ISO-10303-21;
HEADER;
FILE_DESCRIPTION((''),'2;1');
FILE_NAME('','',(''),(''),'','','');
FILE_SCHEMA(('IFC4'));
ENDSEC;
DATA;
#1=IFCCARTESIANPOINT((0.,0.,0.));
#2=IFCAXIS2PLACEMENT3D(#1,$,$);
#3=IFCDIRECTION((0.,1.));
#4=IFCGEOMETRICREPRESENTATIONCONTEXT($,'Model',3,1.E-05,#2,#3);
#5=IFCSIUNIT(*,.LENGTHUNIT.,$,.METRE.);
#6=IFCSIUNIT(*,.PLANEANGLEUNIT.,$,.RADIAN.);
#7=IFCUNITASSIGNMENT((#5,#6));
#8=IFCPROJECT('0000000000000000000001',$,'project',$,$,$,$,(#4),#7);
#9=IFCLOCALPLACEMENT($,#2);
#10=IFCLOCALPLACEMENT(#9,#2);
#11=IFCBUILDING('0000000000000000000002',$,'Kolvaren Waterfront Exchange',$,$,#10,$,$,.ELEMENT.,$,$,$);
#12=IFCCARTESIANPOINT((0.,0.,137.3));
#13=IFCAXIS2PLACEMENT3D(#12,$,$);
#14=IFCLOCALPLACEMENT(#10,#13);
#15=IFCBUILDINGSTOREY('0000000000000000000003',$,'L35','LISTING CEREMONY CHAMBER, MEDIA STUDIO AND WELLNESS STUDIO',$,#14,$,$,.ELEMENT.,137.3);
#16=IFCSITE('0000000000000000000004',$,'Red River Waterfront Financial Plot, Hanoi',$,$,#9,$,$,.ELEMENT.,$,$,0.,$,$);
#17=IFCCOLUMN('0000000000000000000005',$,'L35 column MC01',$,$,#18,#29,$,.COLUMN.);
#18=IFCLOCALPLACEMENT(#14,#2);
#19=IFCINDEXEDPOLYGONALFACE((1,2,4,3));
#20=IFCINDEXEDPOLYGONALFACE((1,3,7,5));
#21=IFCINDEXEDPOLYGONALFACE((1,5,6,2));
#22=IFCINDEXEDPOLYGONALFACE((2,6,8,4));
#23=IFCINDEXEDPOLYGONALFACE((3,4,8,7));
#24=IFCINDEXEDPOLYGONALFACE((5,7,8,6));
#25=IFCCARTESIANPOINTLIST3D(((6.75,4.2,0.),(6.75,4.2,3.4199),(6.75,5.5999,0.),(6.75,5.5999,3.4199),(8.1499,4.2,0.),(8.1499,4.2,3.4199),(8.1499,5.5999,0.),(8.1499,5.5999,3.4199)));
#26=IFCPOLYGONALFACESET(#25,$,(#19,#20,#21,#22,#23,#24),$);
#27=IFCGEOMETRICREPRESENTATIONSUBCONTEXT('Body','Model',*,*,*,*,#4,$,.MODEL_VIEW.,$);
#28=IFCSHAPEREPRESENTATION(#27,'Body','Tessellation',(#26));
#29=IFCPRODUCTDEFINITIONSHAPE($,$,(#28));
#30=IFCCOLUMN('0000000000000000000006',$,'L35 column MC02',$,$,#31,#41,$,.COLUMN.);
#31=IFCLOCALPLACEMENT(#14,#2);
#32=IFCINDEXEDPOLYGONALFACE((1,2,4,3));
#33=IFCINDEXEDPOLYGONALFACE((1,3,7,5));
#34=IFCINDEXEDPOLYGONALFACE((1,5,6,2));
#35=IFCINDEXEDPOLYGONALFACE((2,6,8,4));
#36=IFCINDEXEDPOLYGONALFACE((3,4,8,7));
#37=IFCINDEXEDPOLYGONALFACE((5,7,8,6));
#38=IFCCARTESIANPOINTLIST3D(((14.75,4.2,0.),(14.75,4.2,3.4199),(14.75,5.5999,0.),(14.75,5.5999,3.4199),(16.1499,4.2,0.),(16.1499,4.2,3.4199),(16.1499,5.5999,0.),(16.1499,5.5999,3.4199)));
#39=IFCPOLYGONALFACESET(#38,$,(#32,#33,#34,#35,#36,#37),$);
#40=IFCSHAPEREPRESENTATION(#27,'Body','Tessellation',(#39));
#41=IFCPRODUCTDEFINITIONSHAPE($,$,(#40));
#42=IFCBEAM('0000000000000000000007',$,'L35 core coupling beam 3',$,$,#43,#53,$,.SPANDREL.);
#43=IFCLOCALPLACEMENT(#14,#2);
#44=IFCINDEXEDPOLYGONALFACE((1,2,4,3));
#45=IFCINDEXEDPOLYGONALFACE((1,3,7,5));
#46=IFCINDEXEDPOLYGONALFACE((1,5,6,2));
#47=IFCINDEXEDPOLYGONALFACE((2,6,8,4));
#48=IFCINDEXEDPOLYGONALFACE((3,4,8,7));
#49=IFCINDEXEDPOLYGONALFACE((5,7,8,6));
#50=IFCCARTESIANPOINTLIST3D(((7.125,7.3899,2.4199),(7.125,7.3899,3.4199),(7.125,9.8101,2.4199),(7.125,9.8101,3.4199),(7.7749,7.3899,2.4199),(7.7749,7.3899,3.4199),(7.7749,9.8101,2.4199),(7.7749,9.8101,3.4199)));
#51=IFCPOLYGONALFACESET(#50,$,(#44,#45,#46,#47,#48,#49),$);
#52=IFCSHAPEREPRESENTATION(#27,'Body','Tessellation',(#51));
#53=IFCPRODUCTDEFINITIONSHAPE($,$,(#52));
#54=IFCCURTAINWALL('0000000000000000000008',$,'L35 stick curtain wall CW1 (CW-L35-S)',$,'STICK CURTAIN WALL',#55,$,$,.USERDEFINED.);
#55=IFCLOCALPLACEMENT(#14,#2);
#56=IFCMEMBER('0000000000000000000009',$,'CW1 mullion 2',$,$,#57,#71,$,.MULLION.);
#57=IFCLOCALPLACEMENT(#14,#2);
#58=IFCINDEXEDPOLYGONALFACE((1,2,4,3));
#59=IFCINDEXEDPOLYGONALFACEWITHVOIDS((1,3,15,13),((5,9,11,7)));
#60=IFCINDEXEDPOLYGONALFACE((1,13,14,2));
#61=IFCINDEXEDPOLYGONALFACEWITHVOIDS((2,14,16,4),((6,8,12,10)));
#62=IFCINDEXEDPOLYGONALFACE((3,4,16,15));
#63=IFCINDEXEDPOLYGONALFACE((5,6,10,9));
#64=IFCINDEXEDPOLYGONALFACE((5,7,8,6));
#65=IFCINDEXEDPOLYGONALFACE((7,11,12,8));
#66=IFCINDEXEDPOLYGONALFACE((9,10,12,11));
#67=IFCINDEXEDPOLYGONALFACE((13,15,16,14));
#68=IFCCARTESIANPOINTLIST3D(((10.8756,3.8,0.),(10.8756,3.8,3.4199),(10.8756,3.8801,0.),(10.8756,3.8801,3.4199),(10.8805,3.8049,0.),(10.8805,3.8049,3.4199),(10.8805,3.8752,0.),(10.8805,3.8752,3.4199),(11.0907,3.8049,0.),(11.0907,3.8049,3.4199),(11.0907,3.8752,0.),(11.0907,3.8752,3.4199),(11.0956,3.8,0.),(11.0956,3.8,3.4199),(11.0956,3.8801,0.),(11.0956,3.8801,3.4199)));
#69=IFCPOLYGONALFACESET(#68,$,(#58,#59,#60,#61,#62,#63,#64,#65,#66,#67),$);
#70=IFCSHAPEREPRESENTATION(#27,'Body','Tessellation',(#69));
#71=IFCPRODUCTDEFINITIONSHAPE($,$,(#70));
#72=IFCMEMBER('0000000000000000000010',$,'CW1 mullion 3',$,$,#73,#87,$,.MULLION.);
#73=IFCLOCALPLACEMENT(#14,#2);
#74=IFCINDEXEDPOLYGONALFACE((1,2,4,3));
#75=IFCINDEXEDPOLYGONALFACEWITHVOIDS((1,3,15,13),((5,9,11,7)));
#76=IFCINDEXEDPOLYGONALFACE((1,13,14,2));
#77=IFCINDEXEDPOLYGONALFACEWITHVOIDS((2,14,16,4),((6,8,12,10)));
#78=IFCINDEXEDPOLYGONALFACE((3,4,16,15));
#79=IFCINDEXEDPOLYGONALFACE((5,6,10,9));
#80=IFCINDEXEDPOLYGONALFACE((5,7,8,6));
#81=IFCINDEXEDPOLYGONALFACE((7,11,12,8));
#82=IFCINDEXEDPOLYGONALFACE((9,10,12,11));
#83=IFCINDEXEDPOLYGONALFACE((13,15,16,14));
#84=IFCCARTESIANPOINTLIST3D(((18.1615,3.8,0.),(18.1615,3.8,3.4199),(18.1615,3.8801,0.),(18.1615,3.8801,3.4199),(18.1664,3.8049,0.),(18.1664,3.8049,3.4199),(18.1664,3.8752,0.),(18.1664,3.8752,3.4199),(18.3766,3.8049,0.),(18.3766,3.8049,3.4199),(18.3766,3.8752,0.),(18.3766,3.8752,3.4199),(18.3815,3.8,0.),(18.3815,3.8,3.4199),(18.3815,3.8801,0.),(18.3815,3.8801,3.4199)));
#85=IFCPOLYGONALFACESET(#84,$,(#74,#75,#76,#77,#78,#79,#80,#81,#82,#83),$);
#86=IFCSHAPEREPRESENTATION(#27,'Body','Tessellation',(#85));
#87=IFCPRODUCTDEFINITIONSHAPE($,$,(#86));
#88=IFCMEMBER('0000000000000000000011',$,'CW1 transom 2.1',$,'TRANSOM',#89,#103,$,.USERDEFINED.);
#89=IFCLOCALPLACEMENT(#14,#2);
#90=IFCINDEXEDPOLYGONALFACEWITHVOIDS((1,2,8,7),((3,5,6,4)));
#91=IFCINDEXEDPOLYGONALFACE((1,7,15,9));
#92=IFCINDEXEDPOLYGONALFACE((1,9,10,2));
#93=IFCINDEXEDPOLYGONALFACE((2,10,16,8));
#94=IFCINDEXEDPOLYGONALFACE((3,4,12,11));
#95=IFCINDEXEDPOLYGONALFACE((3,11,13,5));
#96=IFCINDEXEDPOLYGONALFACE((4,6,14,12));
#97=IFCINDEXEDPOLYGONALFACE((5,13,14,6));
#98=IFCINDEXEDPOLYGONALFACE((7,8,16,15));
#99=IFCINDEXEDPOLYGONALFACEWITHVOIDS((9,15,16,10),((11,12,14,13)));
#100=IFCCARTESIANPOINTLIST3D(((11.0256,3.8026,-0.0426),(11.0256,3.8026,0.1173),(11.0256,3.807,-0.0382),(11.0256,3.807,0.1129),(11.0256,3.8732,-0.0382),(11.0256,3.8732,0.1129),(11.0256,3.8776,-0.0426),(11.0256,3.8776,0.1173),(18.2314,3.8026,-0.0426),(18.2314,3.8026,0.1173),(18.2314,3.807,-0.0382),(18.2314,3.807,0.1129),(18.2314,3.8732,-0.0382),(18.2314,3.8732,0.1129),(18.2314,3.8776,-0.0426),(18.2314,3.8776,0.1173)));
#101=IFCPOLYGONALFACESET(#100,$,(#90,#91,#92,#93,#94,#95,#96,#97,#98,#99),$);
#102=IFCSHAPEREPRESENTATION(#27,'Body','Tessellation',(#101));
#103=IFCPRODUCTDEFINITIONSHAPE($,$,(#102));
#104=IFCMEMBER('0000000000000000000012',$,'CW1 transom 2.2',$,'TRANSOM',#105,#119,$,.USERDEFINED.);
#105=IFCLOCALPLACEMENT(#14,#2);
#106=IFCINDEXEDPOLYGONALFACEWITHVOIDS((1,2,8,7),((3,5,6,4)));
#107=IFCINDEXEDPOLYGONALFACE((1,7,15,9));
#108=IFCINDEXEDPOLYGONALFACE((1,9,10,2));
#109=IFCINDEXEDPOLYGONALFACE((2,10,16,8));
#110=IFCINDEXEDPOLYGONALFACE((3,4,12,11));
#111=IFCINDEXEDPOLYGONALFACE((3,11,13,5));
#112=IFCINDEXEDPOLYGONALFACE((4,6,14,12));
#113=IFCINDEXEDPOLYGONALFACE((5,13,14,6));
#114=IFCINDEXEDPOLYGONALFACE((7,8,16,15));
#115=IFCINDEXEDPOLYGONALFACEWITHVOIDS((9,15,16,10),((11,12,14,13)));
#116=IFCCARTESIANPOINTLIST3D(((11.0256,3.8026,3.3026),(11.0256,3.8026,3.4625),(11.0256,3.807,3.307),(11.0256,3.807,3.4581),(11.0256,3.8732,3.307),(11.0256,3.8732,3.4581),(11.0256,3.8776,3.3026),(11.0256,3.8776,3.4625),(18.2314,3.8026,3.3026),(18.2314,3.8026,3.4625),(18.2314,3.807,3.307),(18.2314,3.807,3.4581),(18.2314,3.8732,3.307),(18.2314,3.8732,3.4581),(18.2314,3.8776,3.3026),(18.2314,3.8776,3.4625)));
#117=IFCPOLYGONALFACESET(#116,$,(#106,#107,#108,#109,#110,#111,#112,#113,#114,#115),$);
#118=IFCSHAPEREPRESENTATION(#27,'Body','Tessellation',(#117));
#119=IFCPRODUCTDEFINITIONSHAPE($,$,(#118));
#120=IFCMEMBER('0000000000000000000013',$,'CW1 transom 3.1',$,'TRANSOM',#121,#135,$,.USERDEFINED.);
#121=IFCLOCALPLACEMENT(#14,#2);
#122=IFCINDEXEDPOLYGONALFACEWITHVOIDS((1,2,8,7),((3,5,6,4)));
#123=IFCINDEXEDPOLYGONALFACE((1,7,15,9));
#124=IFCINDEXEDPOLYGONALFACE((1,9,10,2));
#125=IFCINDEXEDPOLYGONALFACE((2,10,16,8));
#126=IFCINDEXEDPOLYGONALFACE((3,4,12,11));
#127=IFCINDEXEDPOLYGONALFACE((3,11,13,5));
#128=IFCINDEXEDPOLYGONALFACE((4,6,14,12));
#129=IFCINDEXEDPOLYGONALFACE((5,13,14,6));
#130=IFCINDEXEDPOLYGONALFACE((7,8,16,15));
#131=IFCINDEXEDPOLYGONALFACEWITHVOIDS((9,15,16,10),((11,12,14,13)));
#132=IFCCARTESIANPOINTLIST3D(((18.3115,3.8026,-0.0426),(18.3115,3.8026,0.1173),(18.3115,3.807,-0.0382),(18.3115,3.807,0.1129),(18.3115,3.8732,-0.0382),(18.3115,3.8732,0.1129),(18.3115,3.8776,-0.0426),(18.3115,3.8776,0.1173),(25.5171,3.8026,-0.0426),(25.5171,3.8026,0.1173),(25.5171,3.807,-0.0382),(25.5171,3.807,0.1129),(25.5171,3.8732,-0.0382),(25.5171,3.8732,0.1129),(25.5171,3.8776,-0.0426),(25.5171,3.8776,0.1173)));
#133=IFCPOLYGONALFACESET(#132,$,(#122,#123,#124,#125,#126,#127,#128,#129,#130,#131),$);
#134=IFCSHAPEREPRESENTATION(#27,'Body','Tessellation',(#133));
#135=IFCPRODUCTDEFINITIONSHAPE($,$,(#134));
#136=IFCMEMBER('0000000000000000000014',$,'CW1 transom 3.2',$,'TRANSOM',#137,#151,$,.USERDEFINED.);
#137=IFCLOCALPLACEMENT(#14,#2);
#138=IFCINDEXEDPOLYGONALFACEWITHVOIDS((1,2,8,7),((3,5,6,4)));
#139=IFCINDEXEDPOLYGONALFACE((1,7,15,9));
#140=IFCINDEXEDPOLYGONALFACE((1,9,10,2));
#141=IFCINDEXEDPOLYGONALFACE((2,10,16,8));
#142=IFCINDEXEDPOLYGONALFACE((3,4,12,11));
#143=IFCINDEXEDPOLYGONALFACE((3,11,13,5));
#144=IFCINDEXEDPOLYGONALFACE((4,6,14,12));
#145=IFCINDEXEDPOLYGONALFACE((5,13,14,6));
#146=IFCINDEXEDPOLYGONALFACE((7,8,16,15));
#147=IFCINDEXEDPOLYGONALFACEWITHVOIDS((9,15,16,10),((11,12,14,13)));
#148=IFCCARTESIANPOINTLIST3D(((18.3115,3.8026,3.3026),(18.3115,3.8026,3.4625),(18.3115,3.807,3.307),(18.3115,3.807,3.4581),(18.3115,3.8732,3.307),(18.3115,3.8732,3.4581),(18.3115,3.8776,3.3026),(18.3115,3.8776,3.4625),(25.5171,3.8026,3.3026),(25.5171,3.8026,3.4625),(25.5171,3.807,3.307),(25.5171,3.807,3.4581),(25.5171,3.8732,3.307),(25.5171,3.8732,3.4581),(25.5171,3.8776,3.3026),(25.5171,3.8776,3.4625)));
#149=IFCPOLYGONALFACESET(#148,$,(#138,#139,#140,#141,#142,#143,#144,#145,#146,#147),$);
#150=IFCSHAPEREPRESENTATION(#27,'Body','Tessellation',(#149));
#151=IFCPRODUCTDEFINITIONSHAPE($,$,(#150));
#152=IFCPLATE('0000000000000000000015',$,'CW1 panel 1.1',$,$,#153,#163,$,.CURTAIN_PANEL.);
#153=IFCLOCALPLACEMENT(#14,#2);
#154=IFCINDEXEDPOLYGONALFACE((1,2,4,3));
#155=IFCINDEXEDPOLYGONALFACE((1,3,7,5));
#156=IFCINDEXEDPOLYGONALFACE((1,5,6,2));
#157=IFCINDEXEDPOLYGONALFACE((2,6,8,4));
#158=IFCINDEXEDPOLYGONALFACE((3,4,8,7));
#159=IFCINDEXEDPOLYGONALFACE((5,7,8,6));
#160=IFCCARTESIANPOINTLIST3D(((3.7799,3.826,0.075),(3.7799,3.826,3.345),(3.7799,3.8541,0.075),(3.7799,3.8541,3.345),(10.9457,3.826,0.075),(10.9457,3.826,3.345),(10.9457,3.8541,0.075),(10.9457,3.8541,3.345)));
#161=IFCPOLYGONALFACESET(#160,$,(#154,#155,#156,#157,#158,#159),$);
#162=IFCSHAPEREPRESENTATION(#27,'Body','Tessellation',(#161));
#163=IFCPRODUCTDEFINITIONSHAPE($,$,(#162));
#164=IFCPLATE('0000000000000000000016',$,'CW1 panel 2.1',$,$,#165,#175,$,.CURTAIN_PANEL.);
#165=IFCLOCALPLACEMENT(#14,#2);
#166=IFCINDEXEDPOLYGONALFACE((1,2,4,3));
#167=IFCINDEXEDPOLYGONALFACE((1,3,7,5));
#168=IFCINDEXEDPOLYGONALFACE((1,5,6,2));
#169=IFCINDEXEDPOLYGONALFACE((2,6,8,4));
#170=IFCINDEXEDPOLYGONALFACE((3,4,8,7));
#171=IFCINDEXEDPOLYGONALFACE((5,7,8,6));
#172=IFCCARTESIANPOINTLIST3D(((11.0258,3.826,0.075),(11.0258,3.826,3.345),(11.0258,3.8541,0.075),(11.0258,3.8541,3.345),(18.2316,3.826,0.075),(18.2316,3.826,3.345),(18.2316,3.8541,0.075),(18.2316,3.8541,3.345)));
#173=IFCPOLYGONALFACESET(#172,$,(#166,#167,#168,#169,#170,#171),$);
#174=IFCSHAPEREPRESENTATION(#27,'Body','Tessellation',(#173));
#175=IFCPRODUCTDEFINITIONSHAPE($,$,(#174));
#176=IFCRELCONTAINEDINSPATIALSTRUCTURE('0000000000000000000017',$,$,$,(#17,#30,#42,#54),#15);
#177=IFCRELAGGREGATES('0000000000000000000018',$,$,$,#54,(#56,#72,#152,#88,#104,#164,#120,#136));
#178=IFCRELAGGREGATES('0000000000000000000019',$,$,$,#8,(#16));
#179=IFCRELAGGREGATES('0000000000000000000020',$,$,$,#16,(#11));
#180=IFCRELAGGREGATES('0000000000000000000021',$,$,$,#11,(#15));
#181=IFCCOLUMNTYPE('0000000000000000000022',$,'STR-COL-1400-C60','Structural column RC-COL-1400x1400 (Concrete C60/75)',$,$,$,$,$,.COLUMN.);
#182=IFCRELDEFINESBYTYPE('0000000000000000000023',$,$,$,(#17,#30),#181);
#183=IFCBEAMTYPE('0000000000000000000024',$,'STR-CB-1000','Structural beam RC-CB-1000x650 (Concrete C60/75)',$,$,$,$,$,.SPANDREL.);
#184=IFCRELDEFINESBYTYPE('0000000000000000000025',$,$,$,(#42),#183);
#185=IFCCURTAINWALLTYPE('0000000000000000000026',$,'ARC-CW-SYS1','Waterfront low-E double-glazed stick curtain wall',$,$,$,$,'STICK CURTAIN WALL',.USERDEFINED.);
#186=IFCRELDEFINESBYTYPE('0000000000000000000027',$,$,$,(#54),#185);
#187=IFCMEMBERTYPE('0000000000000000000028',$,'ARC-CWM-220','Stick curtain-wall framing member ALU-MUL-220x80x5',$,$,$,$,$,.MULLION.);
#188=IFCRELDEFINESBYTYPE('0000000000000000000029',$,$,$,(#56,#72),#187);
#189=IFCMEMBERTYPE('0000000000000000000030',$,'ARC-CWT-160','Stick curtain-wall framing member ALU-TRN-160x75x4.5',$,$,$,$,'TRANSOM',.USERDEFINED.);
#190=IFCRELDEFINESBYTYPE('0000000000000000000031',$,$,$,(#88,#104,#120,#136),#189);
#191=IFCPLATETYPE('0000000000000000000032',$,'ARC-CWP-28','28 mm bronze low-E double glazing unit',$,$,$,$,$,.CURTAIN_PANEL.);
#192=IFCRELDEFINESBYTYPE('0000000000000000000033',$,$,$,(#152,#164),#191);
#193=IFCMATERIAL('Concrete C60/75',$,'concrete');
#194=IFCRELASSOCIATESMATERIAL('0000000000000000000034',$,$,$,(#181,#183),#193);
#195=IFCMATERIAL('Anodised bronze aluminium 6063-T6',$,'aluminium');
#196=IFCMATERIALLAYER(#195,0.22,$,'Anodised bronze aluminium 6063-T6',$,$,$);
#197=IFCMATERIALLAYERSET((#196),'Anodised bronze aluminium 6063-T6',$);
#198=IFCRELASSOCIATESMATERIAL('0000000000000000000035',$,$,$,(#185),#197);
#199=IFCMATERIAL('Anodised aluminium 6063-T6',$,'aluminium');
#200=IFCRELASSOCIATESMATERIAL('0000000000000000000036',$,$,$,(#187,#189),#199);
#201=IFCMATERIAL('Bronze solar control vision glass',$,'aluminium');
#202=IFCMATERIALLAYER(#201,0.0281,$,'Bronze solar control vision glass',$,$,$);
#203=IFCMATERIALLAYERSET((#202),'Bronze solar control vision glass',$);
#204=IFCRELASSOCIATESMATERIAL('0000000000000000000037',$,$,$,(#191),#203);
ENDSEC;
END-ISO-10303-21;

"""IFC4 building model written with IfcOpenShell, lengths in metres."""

from ifc_helpers import new_model, si_unit, direction, frame, origin, origin_with_axes, origin_2d, place, context, subcontext, project, spatial, rectangle, hollow_rectangle, extrude, source, transform, mapped, material, layer, layer_set, material_profile, profile_set, type_object, element, aggregate, save


model = new_model("IFC4")

# Units and contexts
model_context = context("Model", 3, precision=1e-05, world=origin(), true_north=direction((0.0, 1.0)))
body_context = subcontext(model_context, "Body", "Model", "MODEL_VIEW")
ifc_project = project(units=[si_unit("LENGTHUNIT", "METRE"), si_unit("PLANEANGLEUNIT", "RADIAN")], contexts=[model_context])

# Site, building, storey
site_placement = place(None, origin())
site = spatial("IfcSite", under=ifc_project, at=site_placement, Name="Red River Waterfront Financial Plot, Hanoi", CompositionType="ELEMENT", RefElevation=0.0)
building_placement = place(site_placement, origin())
building = spatial("IfcBuilding", under=site, at=building_placement, Name="Kolvaren Waterfront Exchange", CompositionType="ELEMENT")
storey_placement = place(building_placement, frame((0.0, 0.0, 137.3)))
storey = spatial("IfcBuildingStorey", under=building, at=storey_placement, Name="L35", Description="LISTING CEREMONY CHAMBER, MEDIA STUDIO AND WELLNESS STUDIO", CompositionType="ELEMENT", Elevation=137.3)

# Columns
ifc_material_1 = material(Name="Concrete C60/75", Category="concrete")
ifc_material_profile_1 = material_profile(ifc_material_1, rectangle(XDim=1.3999, YDim=1.3999, at=origin_2d()), Name="RC-COL-1400x1400")
ifc_profile_set_1 = profile_set([ifc_material_profile_1], Name="Concrete C60/75")
column_type = type_object("IfcColumnType", Name="STR-COL-1400-C60", Description="Structural column RC-COL-1400x1400 (Concrete C60/75)", PredefinedType="COLUMN", material=ifc_profile_set_1)
for number, where, z_axis, x_axis, name in (
    (1, (7.45, 4.8999, 0.0), (0.0, 0.0, 1.0), (1.0, 0.0, 0.0), "L35 column MC01"),
    (2, (15.45, 4.8999, 0.0), (0.0, 0.0, 1.0), (1.0, 0.0, 0.0), "L35 column MC02"),
):
    element("IfcColumn", number, at=place(storey_placement, frame(where, z_axis=z_axis, x_axis=x_axis)), inside=storey, type_object=column_type, Name=name, PredefinedType="COLUMN", context=body_context, shape_type="SweptSolid", body=[
        extrude(rectangle(XDim=1.3999, YDim=1.3999, at=origin_2d()), origin(), (0.0, 0.0, 1.0), 3.4199),
    ])

# Beam
ifc_material_profile_2 = material_profile(ifc_material_1, rectangle(XDim=0.6499, YDim=1.0, at=origin_2d()), Name="RC-CB-1000x650")
ifc_profile_set_2 = profile_set([ifc_material_profile_2], Name="Concrete C60/75")
beam_type = type_object("IfcBeamType", Name="STR-CB-1000", Description="Structural beam RC-CB-1000x650 (Concrete C60/75)", PredefinedType="SPANDREL", material=ifc_profile_set_2)
beam_placement = place(storey_placement, frame((7.45, 7.3899, 2.9199), z_axis=(0.0, 1.0, 0.0), x_axis=(-1.0, 0.0, 0.0)))
element("IfcBeam", 3, at=beam_placement, inside=storey, type_object=beam_type, Name="L35 core coupling beam 3", PredefinedType="SPANDREL", context=body_context, shape_type="SweptSolid", body=[
    extrude(rectangle(XDim=0.6499, YDim=1.0, at=origin_2d()), origin(), (0.0, 0.0, 1.0), 2.4202),
])

# Curtain wall, members, plates
ifc_material_2 = material(Name="Anodised bronze aluminium 6063-T6", Category="aluminium")
ifc_layer_1 = layer(ifc_material_2, 0.22, Name="Anodised bronze aluminium 6063-T6")
ifc_layer_set_1 = layer_set([ifc_layer_1], Name="Anodised bronze aluminium 6063-T6")
curtain_wall_type = type_object("IfcCurtainWallType", Name="ARC-CW-SYS1", Description="Waterfront low-E double-glazed stick curtain wall", ElementType="STICK CURTAIN WALL", PredefinedType="USERDEFINED", material=ifc_layer_set_1)
curtain_wall_placement = place(storey_placement, origin())
curtain_wall = element("IfcCurtainWall", 4, at=curtain_wall_placement, inside=storey, type_object=curtain_wall_type, Name="L35 stick curtain wall CW1 (CW-L35-S)", ObjectType="STICK CURTAIN WALL", PredefinedType="USERDEFINED")
ifc_material_3 = material(Name="Anodised aluminium 6063-T6", Category="aluminium")
ifc_material_profile_3 = material_profile(ifc_material_3, hollow_rectangle(XDim=0.0801, YDim=0.22, WallThickness=0.0049, at=origin_2d()), Name="ALU-MUL-220x80x5")
ifc_profile_set_3 = profile_set([ifc_material_profile_3], Name="Anodised aluminium 6063-T6")
member_type_1 = type_object("IfcMemberType", Name="ARC-CWM-220", Description="Stick curtain-wall framing member ALU-MUL-220x80x5", PredefinedType="MULLION", material=ifc_profile_set_3)
shared_shape_1 = source(origin_with_axes(), body_context, "Body", "SweptSolid", [
    extrude(hollow_rectangle(XDim=0.0801, YDim=0.22, WallThickness=0.0049, at=origin_2d()), origin(), (0.0, 0.0, 1.0), 3.4199),
])
member_1_placement = place(storey_placement, frame((10.9856, 3.8401, 0.0), z_axis=(0.0, 0.0, 1.0), x_axis=(0.0, 1.0, 0.0)))
member_1 = element("IfcMember", 5, at=member_1_placement, type_object=member_type_1, Name="CW1 mullion 2", PredefinedType="MULLION", context=body_context, shape_type="MappedRepresentation", body=[
    mapped(shared_shape_1, transform((0.0, 0.0, 0.0), x_axis=(1.0, 0.0, 0.0), y_axis=(0.0, 1.0, 0.0), z_axis=(0.0, 0.0, 1.0), scale=1.0)),
])
member_2_placement = place(storey_placement, frame((18.2715, 3.8401, 0.0), z_axis=(0.0, 0.0, 1.0), x_axis=(0.0, 1.0, 0.0)))
member_2 = element("IfcMember", 6, at=member_2_placement, type_object=member_type_1, Name="CW1 mullion 3", PredefinedType="MULLION", context=body_context, shape_type="MappedRepresentation", body=[
    mapped(shared_shape_1, transform((0.0, 0.0, 0.0), x_axis=(1.0, 0.0, 0.0), y_axis=(0.0, 1.0, 0.0), z_axis=(0.0, 0.0, 1.0), scale=1.0)),
])
ifc_material_profile_4 = material_profile(ifc_material_3, hollow_rectangle(XDim=0.075, YDim=0.1599, WallThickness=0.0044, at=origin_2d()), Name="ALU-TRN-160x75x4.5")
ifc_profile_set_4 = profile_set([ifc_material_profile_4], Name="Anodised aluminium 6063-T6")
member_type_2 = type_object("IfcMemberType", Name="ARC-CWT-160", Description="Stick curtain-wall framing member ALU-TRN-160x75x4.5", ElementType="TRANSOM", PredefinedType="USERDEFINED", material=ifc_profile_set_4)
shared_shape_2 = source(origin_with_axes(), body_context, "Body", "SweptSolid", [
    extrude(hollow_rectangle(XDim=0.075, YDim=0.1599, WallThickness=0.0044, at=origin_2d()), origin(), (0.0, 0.0, 1.0), 7.2058),
])
member_3_placement = place(storey_placement, frame((11.0256, 3.8401, 0.0374), z_axis=(1.0, 0.0, 0.0), x_axis=(0.0, 1.0, 0.0)))
member_3 = element("IfcMember", 7, at=member_3_placement, type_object=member_type_2, Name="CW1 transom 2.1", ObjectType="TRANSOM", PredefinedType="USERDEFINED", context=body_context, shape_type="MappedRepresentation", body=[
    mapped(shared_shape_2, transform((0.0, 0.0, 0.0), x_axis=(1.0, 0.0, 0.0), y_axis=(0.0, 1.0, 0.0), z_axis=(0.0, 0.0, 1.0), scale=1.0)),
])
member_4_placement = place(storey_placement, frame((11.0256, 3.8401, 3.3826), z_axis=(1.0, 0.0, 0.0), x_axis=(0.0, 1.0, 0.0)))
member_4 = element("IfcMember", 8, at=member_4_placement, type_object=member_type_2, Name="CW1 transom 2.2", ObjectType="TRANSOM", PredefinedType="USERDEFINED", context=body_context, shape_type="MappedRepresentation", body=[
    mapped(shared_shape_2, transform((0.0, 0.0, 0.0), x_axis=(1.0, 0.0, 0.0), y_axis=(0.0, 1.0, 0.0), z_axis=(0.0, 0.0, 1.0), scale=1.0)),
])
shared_shape_3 = source(origin_with_axes(), body_context, "Body", "SweptSolid", [
    extrude(hollow_rectangle(XDim=0.075, YDim=0.1599, WallThickness=0.0044, at=origin_2d()), origin(), (0.0, 0.0, 1.0), 7.2056),
])
member_5_placement = place(storey_placement, frame((18.3115, 3.8401, 0.0374), z_axis=(1.0, 0.0, 0.0), x_axis=(0.0, 1.0, 0.0)))
member_5 = element("IfcMember", 9, at=member_5_placement, type_object=member_type_2, Name="CW1 transom 3.1", ObjectType="TRANSOM", PredefinedType="USERDEFINED", context=body_context, shape_type="MappedRepresentation", body=[
    mapped(shared_shape_3, transform((0.0, 0.0, 0.0), x_axis=(1.0, 0.0, 0.0), y_axis=(0.0, 1.0, 0.0), z_axis=(0.0, 0.0, 1.0), scale=1.0)),
])
member_6_placement = place(storey_placement, frame((18.3115, 3.8401, 3.3826), z_axis=(1.0, 0.0, 0.0), x_axis=(0.0, 1.0, 0.0)))
member_6 = element("IfcMember", 10, at=member_6_placement, type_object=member_type_2, Name="CW1 transom 3.2", ObjectType="TRANSOM", PredefinedType="USERDEFINED", context=body_context, shape_type="MappedRepresentation", body=[
    mapped(shared_shape_3, transform((0.0, 0.0, 0.0), x_axis=(1.0, 0.0, 0.0), y_axis=(0.0, 1.0, 0.0), z_axis=(0.0, 0.0, 1.0), scale=1.0)),
])
ifc_material_4 = material(Name="Bronze solar control vision glass", Category="aluminium")
ifc_layer_2 = layer(ifc_material_4, 0.0281, Name="Bronze solar control vision glass")
ifc_layer_set_2 = layer_set([ifc_layer_2], Name="Bronze solar control vision glass")
plate_type = type_object("IfcPlateType", Name="ARC-CWP-28", Description="28 mm bronze low-E double glazing unit", PredefinedType="CURTAIN_PANEL", material=ifc_layer_set_2)
shared_shape_4 = source(origin_with_axes(), body_context, "Body", "SweptSolid", [
    extrude(rectangle(XDim=7.1658, YDim=0.0281, at=origin_2d()), origin(), (0.0, 0.0, 1.0), 3.27),
])
plate_1_placement = place(storey_placement, frame((7.3628, 3.8401, 0.075), z_axis=(0.0, 0.0, 1.0), x_axis=(1.0, 0.0, 0.0)))
plate_1 = element("IfcPlate", 11, at=plate_1_placement, type_object=plate_type, Name="CW1 panel 1.1", PredefinedType="CURTAIN_PANEL", context=body_context, shape_type="MappedRepresentation", body=[
    mapped(shared_shape_4, transform((0.0, 0.0, 0.0), x_axis=(1.0, 0.0, 0.0), y_axis=(0.0, 1.0, 0.0), z_axis=(0.0, 0.0, 1.0), scale=1.0)),
])
shared_shape_5 = source(origin_with_axes(), body_context, "Body", "SweptSolid", [
    extrude(rectangle(XDim=7.2058, YDim=0.0281, at=origin_2d()), origin(), (0.0, 0.0, 1.0), 3.27),
])
plate_2_placement = place(storey_placement, frame((14.6287, 3.8401, 0.075), z_axis=(0.0, 0.0, 1.0), x_axis=(1.0, 0.0, 0.0)))
plate_2 = element("IfcPlate", 12, at=plate_2_placement, type_object=plate_type, Name="CW1 panel 2.1", PredefinedType="CURTAIN_PANEL", context=body_context, shape_type="MappedRepresentation", body=[
    mapped(shared_shape_5, transform((0.0, 0.0, 0.0), x_axis=(1.0, 0.0, 0.0), y_axis=(0.0, 1.0, 0.0), z_axis=(0.0, 0.0, 1.0), scale=1.0)),
])
aggregate(curtain_wall, [member_1, member_2, plate_1, member_3, member_4, plate_2, member_5, member_6])

save(model, "model.ifc")
